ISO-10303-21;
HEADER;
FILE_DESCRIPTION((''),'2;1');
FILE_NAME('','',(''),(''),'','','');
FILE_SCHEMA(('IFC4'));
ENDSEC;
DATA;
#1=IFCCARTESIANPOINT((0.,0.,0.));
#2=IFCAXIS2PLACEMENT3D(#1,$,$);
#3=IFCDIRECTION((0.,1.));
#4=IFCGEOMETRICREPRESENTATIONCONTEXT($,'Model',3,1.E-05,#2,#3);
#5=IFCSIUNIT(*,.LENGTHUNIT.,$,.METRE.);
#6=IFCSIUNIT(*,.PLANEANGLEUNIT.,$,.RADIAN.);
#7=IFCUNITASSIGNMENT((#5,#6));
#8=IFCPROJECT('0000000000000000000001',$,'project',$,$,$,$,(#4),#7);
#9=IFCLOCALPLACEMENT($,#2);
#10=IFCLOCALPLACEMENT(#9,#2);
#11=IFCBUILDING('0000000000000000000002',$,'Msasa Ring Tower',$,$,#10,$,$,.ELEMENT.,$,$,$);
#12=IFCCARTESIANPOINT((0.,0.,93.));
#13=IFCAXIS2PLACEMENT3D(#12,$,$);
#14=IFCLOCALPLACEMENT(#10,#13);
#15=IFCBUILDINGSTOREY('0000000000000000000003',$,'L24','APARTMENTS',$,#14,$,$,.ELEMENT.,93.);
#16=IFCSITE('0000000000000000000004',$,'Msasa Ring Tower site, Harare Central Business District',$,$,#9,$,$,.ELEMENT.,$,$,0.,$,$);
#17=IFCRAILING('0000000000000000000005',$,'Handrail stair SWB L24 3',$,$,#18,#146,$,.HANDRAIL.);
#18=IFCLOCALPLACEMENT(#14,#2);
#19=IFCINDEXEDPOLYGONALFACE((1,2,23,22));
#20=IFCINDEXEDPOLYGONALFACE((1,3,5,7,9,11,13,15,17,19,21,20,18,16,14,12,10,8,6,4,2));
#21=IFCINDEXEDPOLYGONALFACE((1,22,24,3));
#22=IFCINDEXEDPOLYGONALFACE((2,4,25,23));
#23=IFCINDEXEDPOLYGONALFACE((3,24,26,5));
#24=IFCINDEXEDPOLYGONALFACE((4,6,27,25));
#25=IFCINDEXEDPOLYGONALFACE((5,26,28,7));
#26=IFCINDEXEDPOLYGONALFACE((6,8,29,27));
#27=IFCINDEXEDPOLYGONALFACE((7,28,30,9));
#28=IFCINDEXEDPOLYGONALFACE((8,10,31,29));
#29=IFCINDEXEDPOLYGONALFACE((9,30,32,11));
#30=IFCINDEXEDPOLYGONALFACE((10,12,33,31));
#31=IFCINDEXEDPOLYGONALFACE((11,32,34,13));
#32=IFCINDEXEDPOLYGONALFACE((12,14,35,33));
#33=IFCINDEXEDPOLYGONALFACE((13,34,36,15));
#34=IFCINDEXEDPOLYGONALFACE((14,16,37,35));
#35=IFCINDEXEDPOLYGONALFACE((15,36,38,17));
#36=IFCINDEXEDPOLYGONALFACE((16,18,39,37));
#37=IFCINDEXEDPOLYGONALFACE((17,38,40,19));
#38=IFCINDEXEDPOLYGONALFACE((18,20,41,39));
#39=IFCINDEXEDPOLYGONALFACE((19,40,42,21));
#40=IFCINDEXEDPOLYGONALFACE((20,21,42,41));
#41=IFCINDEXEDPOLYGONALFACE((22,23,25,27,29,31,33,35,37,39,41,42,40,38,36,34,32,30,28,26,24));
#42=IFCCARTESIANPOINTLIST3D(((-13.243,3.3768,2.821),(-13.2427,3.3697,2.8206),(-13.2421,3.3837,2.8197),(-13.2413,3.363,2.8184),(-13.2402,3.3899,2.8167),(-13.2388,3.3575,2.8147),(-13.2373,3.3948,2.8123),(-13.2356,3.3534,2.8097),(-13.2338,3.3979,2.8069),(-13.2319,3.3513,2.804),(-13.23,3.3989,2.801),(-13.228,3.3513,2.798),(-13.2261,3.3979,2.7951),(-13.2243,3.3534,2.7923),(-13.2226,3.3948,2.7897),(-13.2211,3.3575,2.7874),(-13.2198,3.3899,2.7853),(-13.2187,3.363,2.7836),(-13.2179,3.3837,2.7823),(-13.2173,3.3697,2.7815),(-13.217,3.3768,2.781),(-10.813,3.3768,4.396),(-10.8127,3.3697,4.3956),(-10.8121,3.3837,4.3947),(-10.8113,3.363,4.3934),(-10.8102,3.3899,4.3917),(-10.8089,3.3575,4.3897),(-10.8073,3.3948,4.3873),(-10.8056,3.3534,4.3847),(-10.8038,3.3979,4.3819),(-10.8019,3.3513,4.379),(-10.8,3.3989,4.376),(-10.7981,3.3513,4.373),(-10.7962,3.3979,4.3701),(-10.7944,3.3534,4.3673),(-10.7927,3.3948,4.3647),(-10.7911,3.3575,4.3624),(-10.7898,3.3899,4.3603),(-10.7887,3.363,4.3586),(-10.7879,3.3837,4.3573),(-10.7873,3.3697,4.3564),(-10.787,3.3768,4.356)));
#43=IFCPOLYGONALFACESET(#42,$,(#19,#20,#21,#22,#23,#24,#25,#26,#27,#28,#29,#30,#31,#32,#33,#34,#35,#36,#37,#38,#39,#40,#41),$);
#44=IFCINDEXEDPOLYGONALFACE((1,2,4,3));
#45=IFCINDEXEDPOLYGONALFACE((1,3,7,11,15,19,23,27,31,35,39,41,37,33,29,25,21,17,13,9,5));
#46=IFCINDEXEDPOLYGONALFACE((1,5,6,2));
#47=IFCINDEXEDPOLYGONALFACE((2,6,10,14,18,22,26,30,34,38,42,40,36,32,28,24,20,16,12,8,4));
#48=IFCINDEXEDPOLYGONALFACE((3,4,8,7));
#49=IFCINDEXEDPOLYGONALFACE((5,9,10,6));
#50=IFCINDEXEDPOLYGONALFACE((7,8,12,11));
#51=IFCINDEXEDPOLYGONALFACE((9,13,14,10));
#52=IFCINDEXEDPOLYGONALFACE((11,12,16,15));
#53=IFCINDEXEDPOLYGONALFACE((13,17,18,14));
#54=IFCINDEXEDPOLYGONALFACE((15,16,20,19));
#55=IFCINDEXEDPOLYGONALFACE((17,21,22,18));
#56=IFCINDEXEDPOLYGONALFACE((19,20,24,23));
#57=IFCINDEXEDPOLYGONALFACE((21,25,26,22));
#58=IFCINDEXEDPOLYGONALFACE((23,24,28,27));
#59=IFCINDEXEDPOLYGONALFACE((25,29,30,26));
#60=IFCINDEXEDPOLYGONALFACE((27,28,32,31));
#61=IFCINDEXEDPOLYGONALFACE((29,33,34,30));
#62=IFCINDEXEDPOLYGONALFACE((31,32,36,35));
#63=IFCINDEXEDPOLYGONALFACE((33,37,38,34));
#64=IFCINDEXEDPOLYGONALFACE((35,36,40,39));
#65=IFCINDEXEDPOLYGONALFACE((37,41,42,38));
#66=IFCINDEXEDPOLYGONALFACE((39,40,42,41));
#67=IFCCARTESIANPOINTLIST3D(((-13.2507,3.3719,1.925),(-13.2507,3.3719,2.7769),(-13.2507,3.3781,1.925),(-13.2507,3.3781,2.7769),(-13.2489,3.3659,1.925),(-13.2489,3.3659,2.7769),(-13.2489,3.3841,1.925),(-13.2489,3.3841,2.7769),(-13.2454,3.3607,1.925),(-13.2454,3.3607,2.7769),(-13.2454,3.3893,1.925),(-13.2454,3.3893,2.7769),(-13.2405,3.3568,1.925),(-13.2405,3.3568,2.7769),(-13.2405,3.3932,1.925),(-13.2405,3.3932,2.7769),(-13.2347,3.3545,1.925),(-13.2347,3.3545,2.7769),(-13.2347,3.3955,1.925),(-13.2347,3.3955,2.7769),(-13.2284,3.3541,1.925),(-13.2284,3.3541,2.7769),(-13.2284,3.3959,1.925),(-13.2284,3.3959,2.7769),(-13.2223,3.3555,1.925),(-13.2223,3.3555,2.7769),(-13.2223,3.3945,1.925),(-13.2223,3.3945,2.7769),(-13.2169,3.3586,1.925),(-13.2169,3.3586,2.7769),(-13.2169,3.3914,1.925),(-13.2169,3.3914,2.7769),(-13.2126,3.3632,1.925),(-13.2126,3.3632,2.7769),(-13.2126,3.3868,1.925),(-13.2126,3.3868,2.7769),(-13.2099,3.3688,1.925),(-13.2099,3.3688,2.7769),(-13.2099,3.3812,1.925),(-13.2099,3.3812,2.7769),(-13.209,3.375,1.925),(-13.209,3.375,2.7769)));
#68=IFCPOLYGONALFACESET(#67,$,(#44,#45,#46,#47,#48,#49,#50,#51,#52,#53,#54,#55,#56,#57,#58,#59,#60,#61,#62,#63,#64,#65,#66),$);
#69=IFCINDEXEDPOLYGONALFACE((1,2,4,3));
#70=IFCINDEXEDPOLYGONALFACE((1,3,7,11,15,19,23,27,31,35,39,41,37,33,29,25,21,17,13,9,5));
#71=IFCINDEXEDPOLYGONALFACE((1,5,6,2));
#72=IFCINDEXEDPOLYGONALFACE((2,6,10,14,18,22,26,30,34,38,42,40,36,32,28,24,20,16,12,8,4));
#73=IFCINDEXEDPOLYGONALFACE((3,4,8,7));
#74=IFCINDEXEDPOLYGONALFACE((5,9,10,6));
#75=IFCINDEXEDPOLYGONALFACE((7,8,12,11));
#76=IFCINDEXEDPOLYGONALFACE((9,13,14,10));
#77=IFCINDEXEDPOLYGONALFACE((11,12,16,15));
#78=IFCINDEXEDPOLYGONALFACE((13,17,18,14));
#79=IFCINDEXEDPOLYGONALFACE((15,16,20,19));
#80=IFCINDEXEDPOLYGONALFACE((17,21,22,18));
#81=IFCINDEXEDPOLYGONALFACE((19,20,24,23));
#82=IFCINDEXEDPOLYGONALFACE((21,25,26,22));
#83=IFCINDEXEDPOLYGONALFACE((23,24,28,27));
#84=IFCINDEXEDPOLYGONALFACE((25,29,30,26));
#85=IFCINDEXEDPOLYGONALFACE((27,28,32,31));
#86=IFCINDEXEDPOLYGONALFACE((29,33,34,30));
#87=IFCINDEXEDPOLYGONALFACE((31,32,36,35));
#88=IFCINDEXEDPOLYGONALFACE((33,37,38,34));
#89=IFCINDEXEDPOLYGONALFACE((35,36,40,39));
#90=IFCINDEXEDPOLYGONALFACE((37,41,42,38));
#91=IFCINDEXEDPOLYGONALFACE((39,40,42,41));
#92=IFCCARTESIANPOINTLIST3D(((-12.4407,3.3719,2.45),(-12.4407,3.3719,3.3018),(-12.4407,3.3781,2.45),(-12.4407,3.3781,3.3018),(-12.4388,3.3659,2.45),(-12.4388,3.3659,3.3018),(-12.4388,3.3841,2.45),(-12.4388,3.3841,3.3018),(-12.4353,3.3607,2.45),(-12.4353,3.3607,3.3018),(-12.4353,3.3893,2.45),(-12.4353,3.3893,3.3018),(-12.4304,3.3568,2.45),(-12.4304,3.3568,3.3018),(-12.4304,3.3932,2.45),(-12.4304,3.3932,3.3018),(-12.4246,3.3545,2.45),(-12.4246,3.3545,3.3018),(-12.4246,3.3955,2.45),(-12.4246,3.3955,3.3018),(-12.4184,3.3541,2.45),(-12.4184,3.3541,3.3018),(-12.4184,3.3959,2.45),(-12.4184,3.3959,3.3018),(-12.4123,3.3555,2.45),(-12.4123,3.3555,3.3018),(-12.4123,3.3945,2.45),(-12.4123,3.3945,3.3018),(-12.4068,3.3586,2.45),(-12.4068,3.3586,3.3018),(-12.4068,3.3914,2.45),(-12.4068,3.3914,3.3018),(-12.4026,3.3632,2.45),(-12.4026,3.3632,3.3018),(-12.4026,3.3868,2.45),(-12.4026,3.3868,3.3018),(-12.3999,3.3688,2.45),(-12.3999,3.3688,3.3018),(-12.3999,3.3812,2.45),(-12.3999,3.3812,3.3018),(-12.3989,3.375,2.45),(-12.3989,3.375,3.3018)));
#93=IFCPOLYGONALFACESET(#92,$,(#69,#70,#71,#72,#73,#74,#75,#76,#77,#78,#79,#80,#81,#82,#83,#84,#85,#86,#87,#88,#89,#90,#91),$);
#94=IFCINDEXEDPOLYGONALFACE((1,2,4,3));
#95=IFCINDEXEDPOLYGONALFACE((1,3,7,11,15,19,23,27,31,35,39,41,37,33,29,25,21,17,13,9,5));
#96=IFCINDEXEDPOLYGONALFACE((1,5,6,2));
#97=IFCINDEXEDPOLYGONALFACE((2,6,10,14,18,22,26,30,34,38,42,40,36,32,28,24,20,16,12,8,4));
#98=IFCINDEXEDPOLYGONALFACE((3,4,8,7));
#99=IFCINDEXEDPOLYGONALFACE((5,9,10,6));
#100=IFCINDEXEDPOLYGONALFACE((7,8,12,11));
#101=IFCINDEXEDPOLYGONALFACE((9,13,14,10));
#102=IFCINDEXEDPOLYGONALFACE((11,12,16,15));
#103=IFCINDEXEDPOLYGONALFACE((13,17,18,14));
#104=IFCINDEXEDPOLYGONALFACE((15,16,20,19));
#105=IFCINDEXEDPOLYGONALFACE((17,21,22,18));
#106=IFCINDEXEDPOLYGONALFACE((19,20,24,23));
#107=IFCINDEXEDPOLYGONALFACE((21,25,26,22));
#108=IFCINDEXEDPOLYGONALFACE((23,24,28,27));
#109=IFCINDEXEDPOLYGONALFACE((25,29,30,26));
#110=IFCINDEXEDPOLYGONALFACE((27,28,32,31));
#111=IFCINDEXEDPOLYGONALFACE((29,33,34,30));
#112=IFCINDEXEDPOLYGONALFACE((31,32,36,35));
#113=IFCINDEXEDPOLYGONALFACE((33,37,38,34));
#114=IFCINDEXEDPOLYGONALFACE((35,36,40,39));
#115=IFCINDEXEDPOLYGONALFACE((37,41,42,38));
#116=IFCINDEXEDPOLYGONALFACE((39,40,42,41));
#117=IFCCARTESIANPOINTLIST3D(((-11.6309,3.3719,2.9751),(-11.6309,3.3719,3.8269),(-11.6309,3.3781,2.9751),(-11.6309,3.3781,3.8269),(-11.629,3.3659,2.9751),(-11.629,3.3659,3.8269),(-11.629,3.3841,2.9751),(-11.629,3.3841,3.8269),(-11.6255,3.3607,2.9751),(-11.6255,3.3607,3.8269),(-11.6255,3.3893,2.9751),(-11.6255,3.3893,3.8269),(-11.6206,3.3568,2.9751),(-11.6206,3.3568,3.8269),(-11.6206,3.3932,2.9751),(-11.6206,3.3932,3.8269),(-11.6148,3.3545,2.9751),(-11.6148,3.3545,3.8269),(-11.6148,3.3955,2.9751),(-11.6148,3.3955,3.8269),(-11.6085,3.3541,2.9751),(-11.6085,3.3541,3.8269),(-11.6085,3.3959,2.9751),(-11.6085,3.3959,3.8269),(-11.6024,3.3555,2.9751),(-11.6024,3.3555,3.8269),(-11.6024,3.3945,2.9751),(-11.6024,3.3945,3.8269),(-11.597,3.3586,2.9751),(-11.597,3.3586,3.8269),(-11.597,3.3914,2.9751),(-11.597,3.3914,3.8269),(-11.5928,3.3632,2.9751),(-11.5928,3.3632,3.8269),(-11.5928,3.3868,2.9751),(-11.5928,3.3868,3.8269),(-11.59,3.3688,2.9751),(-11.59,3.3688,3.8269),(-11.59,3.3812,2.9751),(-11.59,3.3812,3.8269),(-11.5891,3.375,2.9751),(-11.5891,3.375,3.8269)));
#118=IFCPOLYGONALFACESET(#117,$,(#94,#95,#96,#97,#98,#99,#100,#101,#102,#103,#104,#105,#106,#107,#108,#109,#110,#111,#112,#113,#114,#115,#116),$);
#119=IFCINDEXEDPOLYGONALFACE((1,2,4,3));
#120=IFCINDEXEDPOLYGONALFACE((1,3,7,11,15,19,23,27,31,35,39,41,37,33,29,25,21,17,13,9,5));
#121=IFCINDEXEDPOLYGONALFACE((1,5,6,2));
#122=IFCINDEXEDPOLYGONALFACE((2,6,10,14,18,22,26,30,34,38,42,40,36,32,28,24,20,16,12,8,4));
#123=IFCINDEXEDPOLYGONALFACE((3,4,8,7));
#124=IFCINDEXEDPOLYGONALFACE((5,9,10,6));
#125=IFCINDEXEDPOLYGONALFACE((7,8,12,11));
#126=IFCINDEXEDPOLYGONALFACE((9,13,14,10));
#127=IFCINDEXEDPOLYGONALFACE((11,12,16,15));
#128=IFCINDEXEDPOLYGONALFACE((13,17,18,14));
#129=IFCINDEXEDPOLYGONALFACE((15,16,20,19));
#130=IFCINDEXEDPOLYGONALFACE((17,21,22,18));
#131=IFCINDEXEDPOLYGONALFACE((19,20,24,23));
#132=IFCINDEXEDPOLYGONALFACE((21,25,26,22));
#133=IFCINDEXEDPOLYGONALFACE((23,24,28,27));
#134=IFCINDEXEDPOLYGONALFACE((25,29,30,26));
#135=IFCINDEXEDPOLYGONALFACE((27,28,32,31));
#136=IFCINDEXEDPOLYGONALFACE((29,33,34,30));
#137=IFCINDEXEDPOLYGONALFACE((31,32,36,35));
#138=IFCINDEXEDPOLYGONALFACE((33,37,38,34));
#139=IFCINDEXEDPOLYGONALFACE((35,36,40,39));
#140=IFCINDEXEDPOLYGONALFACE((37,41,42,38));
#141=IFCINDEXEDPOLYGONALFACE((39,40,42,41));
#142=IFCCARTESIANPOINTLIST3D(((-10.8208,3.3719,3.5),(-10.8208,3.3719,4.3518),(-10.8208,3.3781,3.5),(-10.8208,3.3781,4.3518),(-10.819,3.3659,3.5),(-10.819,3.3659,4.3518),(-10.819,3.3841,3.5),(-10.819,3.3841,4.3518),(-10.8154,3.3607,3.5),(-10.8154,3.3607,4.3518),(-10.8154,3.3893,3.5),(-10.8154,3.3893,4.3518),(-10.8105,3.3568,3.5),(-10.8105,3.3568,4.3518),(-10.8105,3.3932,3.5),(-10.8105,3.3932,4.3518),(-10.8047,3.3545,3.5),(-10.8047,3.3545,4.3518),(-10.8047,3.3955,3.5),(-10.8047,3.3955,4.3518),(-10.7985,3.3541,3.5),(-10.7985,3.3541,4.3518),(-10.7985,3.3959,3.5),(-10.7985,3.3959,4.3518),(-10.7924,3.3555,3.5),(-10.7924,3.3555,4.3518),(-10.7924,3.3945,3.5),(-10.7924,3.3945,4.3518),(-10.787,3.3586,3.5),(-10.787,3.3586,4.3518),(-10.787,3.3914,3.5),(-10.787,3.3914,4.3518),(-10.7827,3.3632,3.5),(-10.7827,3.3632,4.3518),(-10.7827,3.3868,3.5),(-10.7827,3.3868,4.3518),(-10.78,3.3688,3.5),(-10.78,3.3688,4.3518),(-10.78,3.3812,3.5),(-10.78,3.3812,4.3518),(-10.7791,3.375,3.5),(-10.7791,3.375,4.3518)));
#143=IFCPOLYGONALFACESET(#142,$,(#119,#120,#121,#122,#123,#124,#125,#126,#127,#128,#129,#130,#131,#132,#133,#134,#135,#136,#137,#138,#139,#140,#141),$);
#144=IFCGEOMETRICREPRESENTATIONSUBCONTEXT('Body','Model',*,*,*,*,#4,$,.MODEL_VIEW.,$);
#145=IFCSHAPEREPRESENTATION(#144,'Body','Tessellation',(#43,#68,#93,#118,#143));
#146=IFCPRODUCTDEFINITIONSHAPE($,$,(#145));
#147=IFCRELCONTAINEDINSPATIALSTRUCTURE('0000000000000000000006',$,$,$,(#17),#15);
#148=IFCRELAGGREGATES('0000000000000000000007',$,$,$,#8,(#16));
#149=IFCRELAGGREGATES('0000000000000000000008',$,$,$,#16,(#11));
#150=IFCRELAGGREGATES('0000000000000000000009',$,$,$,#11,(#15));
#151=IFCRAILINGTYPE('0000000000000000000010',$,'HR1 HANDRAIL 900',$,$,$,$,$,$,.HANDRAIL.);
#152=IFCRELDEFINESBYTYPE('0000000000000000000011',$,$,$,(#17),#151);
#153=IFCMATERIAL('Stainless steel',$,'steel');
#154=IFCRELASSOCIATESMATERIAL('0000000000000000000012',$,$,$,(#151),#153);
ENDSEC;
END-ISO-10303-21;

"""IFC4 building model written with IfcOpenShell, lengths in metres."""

from ifc_helpers import new_model, si_unit, direction, frame, origin, origin_2d, place, context, subcontext, project, spatial, circle, extrude, material, type_object, element, save


model = new_model("IFC4")

# Units and contexts
model_context = context("Model", 3, precision=1e-05, world=origin(), true_north=direction((0.0, 1.0)))
body_context = subcontext(model_context, "Body", "Model", "MODEL_VIEW")
ifc_project = project(units=[si_unit("LENGTHUNIT", "METRE"), si_unit("PLANEANGLEUNIT", "RADIAN")], contexts=[model_context])

# Site, building, storey
site_placement = place(None, origin())
site = spatial("IfcSite", under=ifc_project, at=site_placement, Name="Msasa Ring Tower site, Harare Central Business District", CompositionType="ELEMENT", RefElevation=0.0)
building_placement = place(site_placement, origin())
building = spatial("IfcBuilding", under=site, at=building_placement, Name="Msasa Ring Tower", CompositionType="ELEMENT")
storey_placement = place(building_placement, frame((0.0, 0.0, 93.0)))
storey = spatial("IfcBuildingStorey", under=building, at=storey_placement, Name="L24", Description="APARTMENTS", CompositionType="ELEMENT", Elevation=93.0)

# Railing
ifc_material_1 = material(Name="Stainless steel", Category="steel")
railing_type = type_object("IfcRailingType", Name="HR1 HANDRAIL 900", PredefinedType="HANDRAIL", material=ifc_material_1)
for number, where, name in (
    (1, (-13.23, 3.375, 1.925), "Handrail stair SWB L24 3"),
):
    element("IfcRailing", number, at=place(storey_placement, frame(where)), inside=storey, type_object=railing_type, Name=name, PredefinedType="HANDRAIL", context=body_context, shape_type="SweptSolid", body=[
        extrude(circle(Radius=0.0239, at=origin_2d()), frame((0.0, 0.0, 0.876), z_axis=(0.839154, 0.0, 0.543894), x_axis=(0.0, 1.0, 0.0)), (0.0, 0.0, 1.0), 2.8958),
        extrude(circle(Radius=0.021, at=origin_2d()), origin(), (0.0, 0.0, 1.0), 0.8518),
        extrude(circle(Radius=0.021, at=origin_2d()), frame((0.8101, 0.0, 0.5249)), (0.0, 0.0, 1.0), 0.8518),
        extrude(circle(Radius=0.021, at=origin_2d()), frame((1.6199, 0.0, 1.05)), (0.0, 0.0, 1.0), 0.8518),
        extrude(circle(Radius=0.021, at=origin_2d()), frame((2.4299, 0.0, 1.575)), (0.0, 0.0, 1.0), 0.8518),
    ])

save(model, "model.ifc")
